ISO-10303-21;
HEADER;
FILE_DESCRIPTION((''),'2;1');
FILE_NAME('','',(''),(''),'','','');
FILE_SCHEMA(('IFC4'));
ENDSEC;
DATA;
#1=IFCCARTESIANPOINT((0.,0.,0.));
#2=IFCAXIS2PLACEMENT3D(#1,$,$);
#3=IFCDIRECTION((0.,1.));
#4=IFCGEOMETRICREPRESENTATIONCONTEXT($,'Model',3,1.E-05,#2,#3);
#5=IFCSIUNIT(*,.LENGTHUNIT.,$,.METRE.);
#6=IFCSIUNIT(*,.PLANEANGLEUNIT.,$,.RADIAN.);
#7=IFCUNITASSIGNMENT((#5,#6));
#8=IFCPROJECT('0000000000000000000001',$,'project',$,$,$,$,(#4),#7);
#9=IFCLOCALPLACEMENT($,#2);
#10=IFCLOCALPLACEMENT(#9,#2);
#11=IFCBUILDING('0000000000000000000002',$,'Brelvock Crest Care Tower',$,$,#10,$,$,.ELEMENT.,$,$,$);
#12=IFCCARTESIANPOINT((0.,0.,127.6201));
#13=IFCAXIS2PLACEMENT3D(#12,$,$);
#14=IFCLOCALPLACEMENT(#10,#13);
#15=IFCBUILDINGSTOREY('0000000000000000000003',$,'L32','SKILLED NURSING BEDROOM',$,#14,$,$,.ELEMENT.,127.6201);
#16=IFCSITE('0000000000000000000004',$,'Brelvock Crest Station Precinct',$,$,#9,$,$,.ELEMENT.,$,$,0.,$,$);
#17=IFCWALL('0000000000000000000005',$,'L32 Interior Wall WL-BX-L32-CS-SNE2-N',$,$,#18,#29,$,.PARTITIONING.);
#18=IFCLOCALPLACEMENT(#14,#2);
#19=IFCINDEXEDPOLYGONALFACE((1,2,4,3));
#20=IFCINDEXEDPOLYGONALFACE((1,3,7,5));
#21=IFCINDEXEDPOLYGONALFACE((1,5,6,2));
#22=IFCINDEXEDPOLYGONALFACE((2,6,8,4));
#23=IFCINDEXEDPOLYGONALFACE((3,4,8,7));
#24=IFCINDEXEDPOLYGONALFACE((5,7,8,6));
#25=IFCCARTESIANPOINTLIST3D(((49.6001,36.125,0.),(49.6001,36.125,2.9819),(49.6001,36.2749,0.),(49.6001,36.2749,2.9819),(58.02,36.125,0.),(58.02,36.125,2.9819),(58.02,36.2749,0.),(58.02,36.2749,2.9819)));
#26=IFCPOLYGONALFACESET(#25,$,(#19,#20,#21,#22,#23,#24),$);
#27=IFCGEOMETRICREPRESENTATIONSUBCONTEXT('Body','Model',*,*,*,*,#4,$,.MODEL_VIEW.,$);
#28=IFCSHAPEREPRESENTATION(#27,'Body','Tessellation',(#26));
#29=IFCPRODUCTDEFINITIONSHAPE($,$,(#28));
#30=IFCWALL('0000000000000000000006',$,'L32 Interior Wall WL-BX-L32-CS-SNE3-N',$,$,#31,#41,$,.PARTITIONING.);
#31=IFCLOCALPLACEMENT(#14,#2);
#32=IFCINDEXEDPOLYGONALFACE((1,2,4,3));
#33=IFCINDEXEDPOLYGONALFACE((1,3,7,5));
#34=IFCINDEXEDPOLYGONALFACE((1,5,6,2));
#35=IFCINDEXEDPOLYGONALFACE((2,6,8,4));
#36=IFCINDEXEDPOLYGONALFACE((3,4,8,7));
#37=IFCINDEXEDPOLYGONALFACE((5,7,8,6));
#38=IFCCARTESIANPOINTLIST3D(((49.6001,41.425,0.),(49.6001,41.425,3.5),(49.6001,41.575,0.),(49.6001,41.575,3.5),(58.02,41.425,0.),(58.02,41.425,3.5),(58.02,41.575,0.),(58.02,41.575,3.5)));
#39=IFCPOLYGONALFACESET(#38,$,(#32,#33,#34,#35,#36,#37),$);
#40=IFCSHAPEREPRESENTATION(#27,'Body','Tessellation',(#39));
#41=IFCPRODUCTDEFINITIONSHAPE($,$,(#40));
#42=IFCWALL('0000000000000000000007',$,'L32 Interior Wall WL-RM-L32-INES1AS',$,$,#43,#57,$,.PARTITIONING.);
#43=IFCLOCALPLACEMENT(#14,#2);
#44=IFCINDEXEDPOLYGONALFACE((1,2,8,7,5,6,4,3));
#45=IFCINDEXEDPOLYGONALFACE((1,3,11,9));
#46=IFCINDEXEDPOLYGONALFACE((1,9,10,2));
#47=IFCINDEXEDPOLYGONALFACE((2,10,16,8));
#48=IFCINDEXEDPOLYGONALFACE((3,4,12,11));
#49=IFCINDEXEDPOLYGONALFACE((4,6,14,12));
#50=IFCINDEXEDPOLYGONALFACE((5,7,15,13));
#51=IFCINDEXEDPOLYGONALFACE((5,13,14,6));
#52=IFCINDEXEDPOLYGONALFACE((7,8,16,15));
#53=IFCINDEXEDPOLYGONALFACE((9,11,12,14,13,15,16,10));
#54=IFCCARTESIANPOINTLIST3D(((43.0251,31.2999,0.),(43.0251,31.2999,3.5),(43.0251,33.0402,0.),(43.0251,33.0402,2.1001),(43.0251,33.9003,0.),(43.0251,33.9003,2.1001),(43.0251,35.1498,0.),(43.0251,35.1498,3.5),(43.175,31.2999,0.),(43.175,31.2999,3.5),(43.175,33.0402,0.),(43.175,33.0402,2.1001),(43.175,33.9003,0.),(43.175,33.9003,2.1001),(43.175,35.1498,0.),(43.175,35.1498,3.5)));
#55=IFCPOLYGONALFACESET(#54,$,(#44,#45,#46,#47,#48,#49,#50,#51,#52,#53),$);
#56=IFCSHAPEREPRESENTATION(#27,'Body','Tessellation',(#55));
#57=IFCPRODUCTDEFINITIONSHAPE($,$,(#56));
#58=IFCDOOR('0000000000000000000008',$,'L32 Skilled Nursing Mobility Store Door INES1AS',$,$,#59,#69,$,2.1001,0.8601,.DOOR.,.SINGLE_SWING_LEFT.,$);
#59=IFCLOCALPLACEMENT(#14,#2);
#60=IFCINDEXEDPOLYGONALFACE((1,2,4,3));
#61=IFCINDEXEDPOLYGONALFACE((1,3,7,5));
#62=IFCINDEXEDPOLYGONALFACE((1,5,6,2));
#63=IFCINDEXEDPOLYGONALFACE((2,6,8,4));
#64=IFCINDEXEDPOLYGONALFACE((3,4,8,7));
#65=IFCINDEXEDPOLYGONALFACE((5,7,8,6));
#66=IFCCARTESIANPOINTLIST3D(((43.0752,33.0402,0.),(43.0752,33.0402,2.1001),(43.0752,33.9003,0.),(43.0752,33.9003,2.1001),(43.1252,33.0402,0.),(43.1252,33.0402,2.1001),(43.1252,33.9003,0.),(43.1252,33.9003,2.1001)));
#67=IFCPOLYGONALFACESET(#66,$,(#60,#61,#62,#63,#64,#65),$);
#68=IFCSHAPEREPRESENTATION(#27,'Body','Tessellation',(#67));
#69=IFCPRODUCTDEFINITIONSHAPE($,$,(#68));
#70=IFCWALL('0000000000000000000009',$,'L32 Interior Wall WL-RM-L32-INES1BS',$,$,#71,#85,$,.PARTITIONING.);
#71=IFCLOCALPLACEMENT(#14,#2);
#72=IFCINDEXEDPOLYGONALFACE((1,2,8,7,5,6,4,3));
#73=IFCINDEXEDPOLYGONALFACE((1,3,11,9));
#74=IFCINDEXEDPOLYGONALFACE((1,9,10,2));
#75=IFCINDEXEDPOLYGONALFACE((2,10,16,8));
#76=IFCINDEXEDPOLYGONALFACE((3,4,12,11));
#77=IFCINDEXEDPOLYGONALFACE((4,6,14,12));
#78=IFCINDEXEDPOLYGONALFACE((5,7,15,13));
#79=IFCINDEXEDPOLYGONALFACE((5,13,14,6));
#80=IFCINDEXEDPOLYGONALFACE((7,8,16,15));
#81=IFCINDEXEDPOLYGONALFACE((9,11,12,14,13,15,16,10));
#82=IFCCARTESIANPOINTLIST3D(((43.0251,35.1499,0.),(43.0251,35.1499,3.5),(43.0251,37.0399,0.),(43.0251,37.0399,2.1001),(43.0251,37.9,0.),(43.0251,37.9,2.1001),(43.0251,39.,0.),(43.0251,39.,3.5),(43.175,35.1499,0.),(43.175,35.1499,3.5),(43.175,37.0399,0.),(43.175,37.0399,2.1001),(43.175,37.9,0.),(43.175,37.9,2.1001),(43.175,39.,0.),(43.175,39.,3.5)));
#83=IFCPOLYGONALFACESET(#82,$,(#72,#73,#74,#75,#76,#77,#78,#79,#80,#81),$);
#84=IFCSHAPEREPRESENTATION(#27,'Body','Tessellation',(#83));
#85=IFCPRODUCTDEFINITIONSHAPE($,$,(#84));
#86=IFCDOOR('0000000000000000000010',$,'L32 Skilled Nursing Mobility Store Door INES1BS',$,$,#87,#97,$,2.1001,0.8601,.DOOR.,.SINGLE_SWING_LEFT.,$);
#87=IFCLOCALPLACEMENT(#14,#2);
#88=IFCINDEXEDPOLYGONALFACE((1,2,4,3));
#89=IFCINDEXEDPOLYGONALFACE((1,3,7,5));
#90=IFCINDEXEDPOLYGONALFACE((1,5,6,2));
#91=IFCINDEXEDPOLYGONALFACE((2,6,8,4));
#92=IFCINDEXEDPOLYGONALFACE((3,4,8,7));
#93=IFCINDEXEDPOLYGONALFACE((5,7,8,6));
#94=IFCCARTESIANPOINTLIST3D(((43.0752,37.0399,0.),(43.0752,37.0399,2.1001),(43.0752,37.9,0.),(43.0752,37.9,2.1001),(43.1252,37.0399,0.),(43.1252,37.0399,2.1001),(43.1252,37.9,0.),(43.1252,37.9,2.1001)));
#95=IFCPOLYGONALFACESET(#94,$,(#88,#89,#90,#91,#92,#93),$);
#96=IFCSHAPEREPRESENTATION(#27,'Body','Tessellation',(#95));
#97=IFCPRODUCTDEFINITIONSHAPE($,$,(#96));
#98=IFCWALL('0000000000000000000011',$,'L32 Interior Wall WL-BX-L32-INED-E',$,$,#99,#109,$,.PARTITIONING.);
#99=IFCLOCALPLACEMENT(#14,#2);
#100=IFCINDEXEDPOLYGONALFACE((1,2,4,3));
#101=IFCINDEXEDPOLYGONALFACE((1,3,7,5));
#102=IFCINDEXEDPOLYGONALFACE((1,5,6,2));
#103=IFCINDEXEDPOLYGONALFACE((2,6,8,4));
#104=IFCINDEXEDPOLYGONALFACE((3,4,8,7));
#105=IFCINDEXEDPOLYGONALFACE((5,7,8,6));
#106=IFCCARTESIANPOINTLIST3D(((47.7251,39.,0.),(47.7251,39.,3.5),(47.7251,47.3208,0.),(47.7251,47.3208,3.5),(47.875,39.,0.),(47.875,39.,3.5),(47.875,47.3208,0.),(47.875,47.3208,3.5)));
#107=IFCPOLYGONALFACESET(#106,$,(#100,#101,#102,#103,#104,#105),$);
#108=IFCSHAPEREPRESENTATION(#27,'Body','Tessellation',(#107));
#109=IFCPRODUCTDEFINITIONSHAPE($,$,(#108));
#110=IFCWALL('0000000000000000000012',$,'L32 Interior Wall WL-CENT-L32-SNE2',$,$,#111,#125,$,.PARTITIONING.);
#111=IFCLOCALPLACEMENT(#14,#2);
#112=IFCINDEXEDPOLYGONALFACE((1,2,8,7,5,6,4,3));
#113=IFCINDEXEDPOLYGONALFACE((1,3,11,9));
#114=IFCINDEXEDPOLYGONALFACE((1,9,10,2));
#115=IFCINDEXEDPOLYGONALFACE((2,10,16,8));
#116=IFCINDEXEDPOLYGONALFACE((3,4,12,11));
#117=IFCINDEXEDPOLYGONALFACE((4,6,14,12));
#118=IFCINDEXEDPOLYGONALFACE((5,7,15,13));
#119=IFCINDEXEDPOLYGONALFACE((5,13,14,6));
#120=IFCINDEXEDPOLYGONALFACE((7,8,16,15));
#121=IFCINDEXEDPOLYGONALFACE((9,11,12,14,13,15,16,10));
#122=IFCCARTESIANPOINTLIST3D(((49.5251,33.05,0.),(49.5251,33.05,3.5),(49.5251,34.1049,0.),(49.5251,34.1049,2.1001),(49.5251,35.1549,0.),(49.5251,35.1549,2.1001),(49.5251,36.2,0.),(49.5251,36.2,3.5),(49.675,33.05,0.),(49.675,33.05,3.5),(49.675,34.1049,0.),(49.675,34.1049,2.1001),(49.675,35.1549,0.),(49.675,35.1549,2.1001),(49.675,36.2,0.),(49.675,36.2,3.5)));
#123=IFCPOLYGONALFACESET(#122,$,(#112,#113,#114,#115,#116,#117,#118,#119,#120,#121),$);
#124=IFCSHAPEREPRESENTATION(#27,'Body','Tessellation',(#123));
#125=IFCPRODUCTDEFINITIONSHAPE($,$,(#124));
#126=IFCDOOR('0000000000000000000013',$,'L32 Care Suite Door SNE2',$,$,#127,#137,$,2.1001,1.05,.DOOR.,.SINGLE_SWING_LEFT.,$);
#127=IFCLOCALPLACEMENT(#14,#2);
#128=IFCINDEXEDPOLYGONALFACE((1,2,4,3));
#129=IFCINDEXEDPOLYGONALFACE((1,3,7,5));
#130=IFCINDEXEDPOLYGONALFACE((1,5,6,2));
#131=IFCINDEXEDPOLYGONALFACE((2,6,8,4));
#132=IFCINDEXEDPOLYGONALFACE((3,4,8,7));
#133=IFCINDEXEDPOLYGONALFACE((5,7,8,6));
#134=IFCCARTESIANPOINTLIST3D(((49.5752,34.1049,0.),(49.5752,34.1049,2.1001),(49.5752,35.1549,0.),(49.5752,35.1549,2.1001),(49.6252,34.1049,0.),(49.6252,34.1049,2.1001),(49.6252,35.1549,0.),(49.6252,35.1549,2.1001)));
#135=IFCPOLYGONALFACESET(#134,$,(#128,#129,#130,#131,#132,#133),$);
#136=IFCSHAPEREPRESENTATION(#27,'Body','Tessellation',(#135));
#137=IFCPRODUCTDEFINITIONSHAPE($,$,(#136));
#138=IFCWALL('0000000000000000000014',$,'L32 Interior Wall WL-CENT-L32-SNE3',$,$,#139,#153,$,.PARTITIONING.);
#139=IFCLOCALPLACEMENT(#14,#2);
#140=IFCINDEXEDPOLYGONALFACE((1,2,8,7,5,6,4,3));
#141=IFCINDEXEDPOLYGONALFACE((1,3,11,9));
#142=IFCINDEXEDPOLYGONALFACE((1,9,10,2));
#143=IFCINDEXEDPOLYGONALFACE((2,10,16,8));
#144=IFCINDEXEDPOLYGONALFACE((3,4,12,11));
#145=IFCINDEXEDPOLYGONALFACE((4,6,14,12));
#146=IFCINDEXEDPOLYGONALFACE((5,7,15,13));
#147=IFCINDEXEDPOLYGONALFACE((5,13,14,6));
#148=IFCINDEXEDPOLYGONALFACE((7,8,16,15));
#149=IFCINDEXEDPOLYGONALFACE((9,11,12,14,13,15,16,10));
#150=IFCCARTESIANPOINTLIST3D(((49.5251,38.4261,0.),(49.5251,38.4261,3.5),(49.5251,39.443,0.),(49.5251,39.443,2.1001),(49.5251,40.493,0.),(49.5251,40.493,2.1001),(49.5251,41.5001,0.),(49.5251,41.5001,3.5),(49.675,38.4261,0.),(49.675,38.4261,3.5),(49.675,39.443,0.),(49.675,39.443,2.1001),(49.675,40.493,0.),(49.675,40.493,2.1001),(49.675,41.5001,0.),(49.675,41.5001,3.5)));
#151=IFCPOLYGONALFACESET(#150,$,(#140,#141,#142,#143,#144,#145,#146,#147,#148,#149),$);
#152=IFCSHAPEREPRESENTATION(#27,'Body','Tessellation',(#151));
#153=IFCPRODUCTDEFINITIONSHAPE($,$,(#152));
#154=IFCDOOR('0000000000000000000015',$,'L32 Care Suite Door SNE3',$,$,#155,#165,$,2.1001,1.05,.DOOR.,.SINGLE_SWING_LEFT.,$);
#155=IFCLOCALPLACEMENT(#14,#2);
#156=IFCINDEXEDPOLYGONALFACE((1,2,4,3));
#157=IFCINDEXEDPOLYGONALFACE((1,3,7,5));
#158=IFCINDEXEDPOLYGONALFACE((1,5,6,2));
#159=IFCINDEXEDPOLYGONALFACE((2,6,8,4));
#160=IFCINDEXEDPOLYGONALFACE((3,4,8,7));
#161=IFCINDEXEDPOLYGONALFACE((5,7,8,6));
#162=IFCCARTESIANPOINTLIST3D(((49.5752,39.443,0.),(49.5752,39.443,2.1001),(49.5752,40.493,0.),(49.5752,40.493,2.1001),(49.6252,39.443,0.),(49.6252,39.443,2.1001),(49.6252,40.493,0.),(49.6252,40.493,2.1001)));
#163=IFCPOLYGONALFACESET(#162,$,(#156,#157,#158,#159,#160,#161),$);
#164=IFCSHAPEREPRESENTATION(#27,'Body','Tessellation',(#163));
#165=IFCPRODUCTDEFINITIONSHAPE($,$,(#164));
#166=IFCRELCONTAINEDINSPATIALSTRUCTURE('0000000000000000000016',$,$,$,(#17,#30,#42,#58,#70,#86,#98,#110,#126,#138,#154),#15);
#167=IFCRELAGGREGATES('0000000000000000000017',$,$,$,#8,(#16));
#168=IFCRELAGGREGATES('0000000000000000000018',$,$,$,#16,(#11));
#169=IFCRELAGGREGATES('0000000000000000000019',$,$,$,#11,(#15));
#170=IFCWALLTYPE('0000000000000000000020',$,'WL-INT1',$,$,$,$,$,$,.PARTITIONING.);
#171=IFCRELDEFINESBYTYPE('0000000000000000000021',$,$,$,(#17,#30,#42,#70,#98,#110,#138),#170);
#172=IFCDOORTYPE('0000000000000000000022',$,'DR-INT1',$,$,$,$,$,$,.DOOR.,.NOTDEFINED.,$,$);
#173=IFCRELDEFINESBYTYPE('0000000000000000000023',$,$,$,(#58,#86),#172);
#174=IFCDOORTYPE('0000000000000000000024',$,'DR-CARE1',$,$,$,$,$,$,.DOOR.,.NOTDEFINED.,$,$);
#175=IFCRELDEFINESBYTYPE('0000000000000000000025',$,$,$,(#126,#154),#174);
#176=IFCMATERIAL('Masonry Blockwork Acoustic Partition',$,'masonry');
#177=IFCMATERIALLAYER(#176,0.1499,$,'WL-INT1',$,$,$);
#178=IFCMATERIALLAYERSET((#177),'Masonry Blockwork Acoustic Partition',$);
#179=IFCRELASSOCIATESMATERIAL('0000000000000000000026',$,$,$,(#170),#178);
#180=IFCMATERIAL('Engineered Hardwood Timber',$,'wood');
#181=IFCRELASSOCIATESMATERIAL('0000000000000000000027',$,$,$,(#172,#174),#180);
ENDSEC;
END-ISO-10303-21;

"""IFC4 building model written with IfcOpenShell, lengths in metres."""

from ifc_helpers import new_model, si_unit, direction, frame, frame_2d, origin, origin_2d, place, context, subcontext, project, spatial, rectangle, extrude, source, transform, mapped, material, layer, layer_set, type_object, element, fill, save


model = new_model("IFC4")

# Units and contexts
model_context = context("Model", 3, precision=1e-05, world=origin(), true_north=direction((0.0, 1.0)))
body_context = subcontext(model_context, "Body", "Model", "MODEL_VIEW")
ifc_project = project(units=[si_unit("LENGTHUNIT", "METRE"), si_unit("PLANEANGLEUNIT", "RADIAN")], contexts=[model_context])

# Site, building, storey
site_placement = place(None, origin())
site = spatial("IfcSite", under=ifc_project, at=site_placement, Name="Brelvock Crest Station Precinct", CompositionType="ELEMENT", RefElevation=0.0)
building_placement = place(site_placement, origin())
building = spatial("IfcBuilding", under=site, at=building_placement, Name="Brelvock Crest Care Tower", CompositionType="ELEMENT")
storey_placement = place(building_placement, frame((0.0, 0.0, 127.6201)))
storey = spatial("IfcBuildingStorey", under=building, at=storey_placement, Name="L32", Description="SKILLED NURSING BEDROOM", CompositionType="ELEMENT", Elevation=127.6201)

# Walls
ifc_material_1 = material(Name="Masonry Blockwork Acoustic Partition", Category="masonry")
ifc_layer_1 = layer(ifc_material_1, 0.1499, Name="WL-INT1")
ifc_layer_set_1 = layer_set([ifc_layer_1], Name="Masonry Blockwork Acoustic Partition")
wall_type_1 = type_object("IfcWallType", Name="WL-INT1", PredefinedType="PARTITIONING", material=ifc_layer_set_1)
wall_1_placement = place(storey_placement, frame((49.6001, 36.2, 0.0), z_axis=(0.0, 0.0, 1.0), x_axis=(1.0, 0.0, 0.0)))
element("IfcWall", 1, at=wall_1_placement, inside=storey, type_object=wall_type_1, Name="L32 Interior Wall WL-BX-L32-CS-SNE2-N", PredefinedType="PARTITIONING", context=body_context, shape_type="SweptSolid", body=[
    extrude(rectangle(XDim=8.4199, YDim=0.1499, at=frame_2d((4.21, 0.0))), origin(), (0.0, 0.0, 1.0), 2.9819),
])
wall_2_placement = place(storey_placement, frame((49.6001, 41.5, 0.0), z_axis=(0.0, 0.0, 1.0), x_axis=(1.0, 0.0, 0.0)))
element("IfcWall", 2, at=wall_2_placement, inside=storey, type_object=wall_type_1, Name="L32 Interior Wall WL-BX-L32-CS-SNE3-N", PredefinedType="PARTITIONING", context=body_context, shape_type="SweptSolid", body=[
    extrude(rectangle(XDim=8.4199, YDim=0.1499, at=frame_2d((4.21, 0.0))), origin(), (0.0, 0.0, 1.0), 3.5),
])

# Walls, openings, doors
wall_3_placement = place(storey_placement, frame((43.1001, 31.3, 0.0), z_axis=(0.0, 0.0, 1.0), x_axis=(0.0, 1.0, 0.0)))
wall_3 = element("IfcWall", 3, at=wall_3_placement, inside=storey, type_object=wall_type_1, Name="L32 Interior Wall WL-RM-L32-INES1AS", PredefinedType="PARTITIONING", context=body_context, shape_type="SweptSolid", body=[
    extrude(rectangle(XDim=3.8499, YDim=0.1499, at=frame_2d((1.9248, 0.0))), origin(), (0.0, 0.0, 1.0), 3.5),
])
opening_1_placement = place(wall_3_placement, frame((1.74, 0.0, 0.0)))
opening_1 = element("IfcOpeningElement", 4, at=opening_1_placement, cuts=wall_3, PredefinedType="OPENING", context=body_context, shape_type="SweptSolid", body=[
    extrude(rectangle(XDim=0.8601, YDim=2.1001, at=origin_2d()), frame((0.4302, 0.085, 1.05), z_axis=(0.0, -1.0, 0.0), x_axis=(1.0, 0.0, 0.0)), (0.0, 0.0, 1.0), 0.1699),
])
ifc_material_2 = material(Name="Engineered Hardwood Timber", Category="wood")
door_type_1 = type_object("IfcDoorType", Name="DR-INT1", OperationType="NOTDEFINED", PredefinedType="DOOR", material=ifc_material_2)
shared_shape_1 = source(origin(), body_context, "Body", "SweptSolid", [
    extrude(rectangle(XDim=0.8601, YDim=2.1001, at=origin_2d()), frame((0.4302, 0.0249, 1.05), z_axis=(0.0, -1.0, 0.0), x_axis=(1.0, 0.0, 0.0)), (0.0, 0.0, 1.0), 0.05),
])
door_1_placement = place(opening_1_placement, origin())
door_1 = element("IfcDoor", 5, at=door_1_placement, inside=storey, type_object=door_type_1, Name="L32 Skilled Nursing Mobility Store Door INES1AS", OperationType="SINGLE_SWING_LEFT", OverallHeight=2.1001, OverallWidth=0.8601, PredefinedType="DOOR", context=body_context, shape_type="MappedRepresentation", body=[
    mapped(shared_shape_1, transform((0.0, 0.0, 0.0), x_axis=(1.0, 0.0, 0.0), y_axis=(0.0, 1.0, 0.0), z_axis=(0.0, 0.0, 1.0), scale=1.0)),
])
fill(opening_1, door_1)
wall_4_placement = place(storey_placement, frame((43.1001, 35.1499, 0.0), z_axis=(0.0, 0.0, 1.0), x_axis=(0.0, 1.0, 0.0)))
wall_4 = element("IfcWall", 6, at=wall_4_placement, inside=storey, type_object=wall_type_1, Name="L32 Interior Wall WL-RM-L32-INES1BS", PredefinedType="PARTITIONING", context=body_context, shape_type="SweptSolid", body=[
    extrude(rectangle(XDim=3.8501, YDim=0.1499, at=frame_2d((1.925, 0.0))), origin(), (0.0, 0.0, 1.0), 3.5),
])
opening_2_placement = place(wall_4_placement, frame((1.8899, 0.0, 0.0)))
opening_2 = element("IfcOpeningElement", 7, at=opening_2_placement, cuts=wall_4, PredefinedType="OPENING", context=body_context, shape_type="SweptSolid", body=[
    extrude(rectangle(XDim=0.8601, YDim=2.1001, at=origin_2d()), frame((0.4302, 0.085, 1.05), z_axis=(0.0, -1.0, 0.0), x_axis=(1.0, 0.0, 0.0)), (0.0, 0.0, 1.0), 0.1699),
])
door_2_placement = place(opening_2_placement, origin())
door_2 = element("IfcDoor", 8, at=door_2_placement, inside=storey, type_object=door_type_1, Name="L32 Skilled Nursing Mobility Store Door INES1BS", OperationType="SINGLE_SWING_LEFT", OverallHeight=2.1001, OverallWidth=0.8601, PredefinedType="DOOR", context=body_context, shape_type="MappedRepresentation", body=[
    mapped(shared_shape_1, transform((0.0, 0.0, 0.0), x_axis=(1.0, 0.0, 0.0), y_axis=(0.0, 1.0, 0.0), z_axis=(0.0, 0.0, 1.0), scale=1.0)),
])
fill(opening_2, door_2)

# Wall
wall_5_placement = place(storey_placement, frame((47.8, 39.0, 0.0), z_axis=(0.0, 0.0, 1.0), x_axis=(0.0, 1.0, 0.0)))
element("IfcWall", 9, at=wall_5_placement, inside=storey, type_object=wall_type_1, Name="L32 Interior Wall WL-BX-L32-INED-E", PredefinedType="PARTITIONING", context=body_context, shape_type="SweptSolid", body=[
    extrude(rectangle(XDim=8.3208, YDim=0.1499, at=frame_2d((4.1604, 0.0))), origin(), (0.0, 0.0, 1.0), 3.5),
])

# Walls, openings, doors
wall_6_placement = place(storey_placement, frame((49.6001, 33.05, 0.0), z_axis=(0.0, 0.0, 1.0), x_axis=(0.0, 1.0, 0.0)))
wall_6 = element("IfcWall", 10, at=wall_6_placement, inside=storey, type_object=wall_type_1, Name="L32 Interior Wall WL-CENT-L32-SNE2", PredefinedType="PARTITIONING", context=body_context, shape_type="SweptSolid", body=[
    extrude(rectangle(XDim=3.1499, YDim=0.1499, at=frame_2d((1.575, 0.0))), origin(), (0.0, 0.0, 1.0), 3.5),
])
opening_3_placement = place(wall_6_placement, frame((1.0549, 0.0, 0.0)))
opening_3 = element("IfcOpeningElement", 11, at=opening_3_placement, cuts=wall_6, PredefinedType="OPENING", context=body_context, shape_type="SweptSolid", body=[
    extrude(rectangle(XDim=1.05, YDim=2.1001, at=origin_2d()), frame((0.5249, 0.085, 1.05), z_axis=(0.0, -1.0, 0.0), x_axis=(1.0, 0.0, 0.0)), (0.0, 0.0, 1.0), 0.1699),
])
door_type_2 = type_object("IfcDoorType", Name="DR-CARE1", OperationType="NOTDEFINED", PredefinedType="DOOR", material=ifc_material_2)
shared_shape_2 = source(origin(), body_context, "Body", "SweptSolid", [
    extrude(rectangle(XDim=1.05, YDim=2.1001, at=origin_2d()), frame((0.5249, 0.0249, 1.05), z_axis=(0.0, -1.0, 0.0), x_axis=(1.0, 0.0, 0.0)), (0.0, 0.0, 1.0), 0.05),
])
door_3_placement = place(opening_3_placement, origin())
door_3 = element("IfcDoor", 12, at=door_3_placement, inside=storey, type_object=door_type_2, Name="L32 Care Suite Door SNE2", OperationType="SINGLE_SWING_LEFT", OverallHeight=2.1001, OverallWidth=1.05, PredefinedType="DOOR", context=body_context, shape_type="MappedRepresentation", body=[
    mapped(shared_shape_2, transform((0.0, 0.0, 0.0), x_axis=(1.0, 0.0, 0.0), y_axis=(0.0, 1.0, 0.0), z_axis=(0.0, 0.0, 1.0), scale=1.0)),
])
fill(opening_3, door_3)
wall_7_placement = place(storey_placement, frame((49.6001, 38.426, 0.0), z_axis=(0.0, 0.0, 1.0), x_axis=(0.0, 1.0, 0.0)))
wall_7 = element("IfcWall", 13, at=wall_7_placement, inside=storey, type_object=wall_type_1, Name="L32 Interior Wall WL-CENT-L32-SNE3", PredefinedType="PARTITIONING", context=body_context, shape_type="SweptSolid", body=[
    extrude(rectangle(XDim=3.074, YDim=0.1499, at=frame_2d((1.5371, 0.0))), origin(), (0.0, 0.0, 1.0), 3.5),
])
opening_4_placement = place(wall_7_placement, frame((1.0171, 0.0, 0.0)))
opening_4 = element("IfcOpeningElement", 14, at=opening_4_placement, cuts=wall_7, PredefinedType="OPENING", context=body_context, shape_type="SweptSolid", body=[
    extrude(rectangle(XDim=1.05, YDim=2.1001, at=origin_2d()), frame((0.5249, 0.085, 1.05), z_axis=(0.0, -1.0, 0.0), x_axis=(1.0, 0.0, 0.0)), (0.0, 0.0, 1.0), 0.1699),
])
door_4_placement = place(opening_4_placement, origin())
door_4 = element("IfcDoor", 15, at=door_4_placement, inside=storey, type_object=door_type_2, Name="L32 Care Suite Door SNE3", OperationType="SINGLE_SWING_LEFT", OverallHeight=2.1001, OverallWidth=1.05, PredefinedType="DOOR", context=body_context, shape_type="MappedRepresentation", body=[
    mapped(shared_shape_2, transform((0.0, 0.0, 0.0), x_axis=(1.0, 0.0, 0.0), y_axis=(0.0, 1.0, 0.0), z_axis=(0.0, 0.0, 1.0), scale=1.0)),
])
fill(opening_4, door_4)

save(model, "model.ifc")
